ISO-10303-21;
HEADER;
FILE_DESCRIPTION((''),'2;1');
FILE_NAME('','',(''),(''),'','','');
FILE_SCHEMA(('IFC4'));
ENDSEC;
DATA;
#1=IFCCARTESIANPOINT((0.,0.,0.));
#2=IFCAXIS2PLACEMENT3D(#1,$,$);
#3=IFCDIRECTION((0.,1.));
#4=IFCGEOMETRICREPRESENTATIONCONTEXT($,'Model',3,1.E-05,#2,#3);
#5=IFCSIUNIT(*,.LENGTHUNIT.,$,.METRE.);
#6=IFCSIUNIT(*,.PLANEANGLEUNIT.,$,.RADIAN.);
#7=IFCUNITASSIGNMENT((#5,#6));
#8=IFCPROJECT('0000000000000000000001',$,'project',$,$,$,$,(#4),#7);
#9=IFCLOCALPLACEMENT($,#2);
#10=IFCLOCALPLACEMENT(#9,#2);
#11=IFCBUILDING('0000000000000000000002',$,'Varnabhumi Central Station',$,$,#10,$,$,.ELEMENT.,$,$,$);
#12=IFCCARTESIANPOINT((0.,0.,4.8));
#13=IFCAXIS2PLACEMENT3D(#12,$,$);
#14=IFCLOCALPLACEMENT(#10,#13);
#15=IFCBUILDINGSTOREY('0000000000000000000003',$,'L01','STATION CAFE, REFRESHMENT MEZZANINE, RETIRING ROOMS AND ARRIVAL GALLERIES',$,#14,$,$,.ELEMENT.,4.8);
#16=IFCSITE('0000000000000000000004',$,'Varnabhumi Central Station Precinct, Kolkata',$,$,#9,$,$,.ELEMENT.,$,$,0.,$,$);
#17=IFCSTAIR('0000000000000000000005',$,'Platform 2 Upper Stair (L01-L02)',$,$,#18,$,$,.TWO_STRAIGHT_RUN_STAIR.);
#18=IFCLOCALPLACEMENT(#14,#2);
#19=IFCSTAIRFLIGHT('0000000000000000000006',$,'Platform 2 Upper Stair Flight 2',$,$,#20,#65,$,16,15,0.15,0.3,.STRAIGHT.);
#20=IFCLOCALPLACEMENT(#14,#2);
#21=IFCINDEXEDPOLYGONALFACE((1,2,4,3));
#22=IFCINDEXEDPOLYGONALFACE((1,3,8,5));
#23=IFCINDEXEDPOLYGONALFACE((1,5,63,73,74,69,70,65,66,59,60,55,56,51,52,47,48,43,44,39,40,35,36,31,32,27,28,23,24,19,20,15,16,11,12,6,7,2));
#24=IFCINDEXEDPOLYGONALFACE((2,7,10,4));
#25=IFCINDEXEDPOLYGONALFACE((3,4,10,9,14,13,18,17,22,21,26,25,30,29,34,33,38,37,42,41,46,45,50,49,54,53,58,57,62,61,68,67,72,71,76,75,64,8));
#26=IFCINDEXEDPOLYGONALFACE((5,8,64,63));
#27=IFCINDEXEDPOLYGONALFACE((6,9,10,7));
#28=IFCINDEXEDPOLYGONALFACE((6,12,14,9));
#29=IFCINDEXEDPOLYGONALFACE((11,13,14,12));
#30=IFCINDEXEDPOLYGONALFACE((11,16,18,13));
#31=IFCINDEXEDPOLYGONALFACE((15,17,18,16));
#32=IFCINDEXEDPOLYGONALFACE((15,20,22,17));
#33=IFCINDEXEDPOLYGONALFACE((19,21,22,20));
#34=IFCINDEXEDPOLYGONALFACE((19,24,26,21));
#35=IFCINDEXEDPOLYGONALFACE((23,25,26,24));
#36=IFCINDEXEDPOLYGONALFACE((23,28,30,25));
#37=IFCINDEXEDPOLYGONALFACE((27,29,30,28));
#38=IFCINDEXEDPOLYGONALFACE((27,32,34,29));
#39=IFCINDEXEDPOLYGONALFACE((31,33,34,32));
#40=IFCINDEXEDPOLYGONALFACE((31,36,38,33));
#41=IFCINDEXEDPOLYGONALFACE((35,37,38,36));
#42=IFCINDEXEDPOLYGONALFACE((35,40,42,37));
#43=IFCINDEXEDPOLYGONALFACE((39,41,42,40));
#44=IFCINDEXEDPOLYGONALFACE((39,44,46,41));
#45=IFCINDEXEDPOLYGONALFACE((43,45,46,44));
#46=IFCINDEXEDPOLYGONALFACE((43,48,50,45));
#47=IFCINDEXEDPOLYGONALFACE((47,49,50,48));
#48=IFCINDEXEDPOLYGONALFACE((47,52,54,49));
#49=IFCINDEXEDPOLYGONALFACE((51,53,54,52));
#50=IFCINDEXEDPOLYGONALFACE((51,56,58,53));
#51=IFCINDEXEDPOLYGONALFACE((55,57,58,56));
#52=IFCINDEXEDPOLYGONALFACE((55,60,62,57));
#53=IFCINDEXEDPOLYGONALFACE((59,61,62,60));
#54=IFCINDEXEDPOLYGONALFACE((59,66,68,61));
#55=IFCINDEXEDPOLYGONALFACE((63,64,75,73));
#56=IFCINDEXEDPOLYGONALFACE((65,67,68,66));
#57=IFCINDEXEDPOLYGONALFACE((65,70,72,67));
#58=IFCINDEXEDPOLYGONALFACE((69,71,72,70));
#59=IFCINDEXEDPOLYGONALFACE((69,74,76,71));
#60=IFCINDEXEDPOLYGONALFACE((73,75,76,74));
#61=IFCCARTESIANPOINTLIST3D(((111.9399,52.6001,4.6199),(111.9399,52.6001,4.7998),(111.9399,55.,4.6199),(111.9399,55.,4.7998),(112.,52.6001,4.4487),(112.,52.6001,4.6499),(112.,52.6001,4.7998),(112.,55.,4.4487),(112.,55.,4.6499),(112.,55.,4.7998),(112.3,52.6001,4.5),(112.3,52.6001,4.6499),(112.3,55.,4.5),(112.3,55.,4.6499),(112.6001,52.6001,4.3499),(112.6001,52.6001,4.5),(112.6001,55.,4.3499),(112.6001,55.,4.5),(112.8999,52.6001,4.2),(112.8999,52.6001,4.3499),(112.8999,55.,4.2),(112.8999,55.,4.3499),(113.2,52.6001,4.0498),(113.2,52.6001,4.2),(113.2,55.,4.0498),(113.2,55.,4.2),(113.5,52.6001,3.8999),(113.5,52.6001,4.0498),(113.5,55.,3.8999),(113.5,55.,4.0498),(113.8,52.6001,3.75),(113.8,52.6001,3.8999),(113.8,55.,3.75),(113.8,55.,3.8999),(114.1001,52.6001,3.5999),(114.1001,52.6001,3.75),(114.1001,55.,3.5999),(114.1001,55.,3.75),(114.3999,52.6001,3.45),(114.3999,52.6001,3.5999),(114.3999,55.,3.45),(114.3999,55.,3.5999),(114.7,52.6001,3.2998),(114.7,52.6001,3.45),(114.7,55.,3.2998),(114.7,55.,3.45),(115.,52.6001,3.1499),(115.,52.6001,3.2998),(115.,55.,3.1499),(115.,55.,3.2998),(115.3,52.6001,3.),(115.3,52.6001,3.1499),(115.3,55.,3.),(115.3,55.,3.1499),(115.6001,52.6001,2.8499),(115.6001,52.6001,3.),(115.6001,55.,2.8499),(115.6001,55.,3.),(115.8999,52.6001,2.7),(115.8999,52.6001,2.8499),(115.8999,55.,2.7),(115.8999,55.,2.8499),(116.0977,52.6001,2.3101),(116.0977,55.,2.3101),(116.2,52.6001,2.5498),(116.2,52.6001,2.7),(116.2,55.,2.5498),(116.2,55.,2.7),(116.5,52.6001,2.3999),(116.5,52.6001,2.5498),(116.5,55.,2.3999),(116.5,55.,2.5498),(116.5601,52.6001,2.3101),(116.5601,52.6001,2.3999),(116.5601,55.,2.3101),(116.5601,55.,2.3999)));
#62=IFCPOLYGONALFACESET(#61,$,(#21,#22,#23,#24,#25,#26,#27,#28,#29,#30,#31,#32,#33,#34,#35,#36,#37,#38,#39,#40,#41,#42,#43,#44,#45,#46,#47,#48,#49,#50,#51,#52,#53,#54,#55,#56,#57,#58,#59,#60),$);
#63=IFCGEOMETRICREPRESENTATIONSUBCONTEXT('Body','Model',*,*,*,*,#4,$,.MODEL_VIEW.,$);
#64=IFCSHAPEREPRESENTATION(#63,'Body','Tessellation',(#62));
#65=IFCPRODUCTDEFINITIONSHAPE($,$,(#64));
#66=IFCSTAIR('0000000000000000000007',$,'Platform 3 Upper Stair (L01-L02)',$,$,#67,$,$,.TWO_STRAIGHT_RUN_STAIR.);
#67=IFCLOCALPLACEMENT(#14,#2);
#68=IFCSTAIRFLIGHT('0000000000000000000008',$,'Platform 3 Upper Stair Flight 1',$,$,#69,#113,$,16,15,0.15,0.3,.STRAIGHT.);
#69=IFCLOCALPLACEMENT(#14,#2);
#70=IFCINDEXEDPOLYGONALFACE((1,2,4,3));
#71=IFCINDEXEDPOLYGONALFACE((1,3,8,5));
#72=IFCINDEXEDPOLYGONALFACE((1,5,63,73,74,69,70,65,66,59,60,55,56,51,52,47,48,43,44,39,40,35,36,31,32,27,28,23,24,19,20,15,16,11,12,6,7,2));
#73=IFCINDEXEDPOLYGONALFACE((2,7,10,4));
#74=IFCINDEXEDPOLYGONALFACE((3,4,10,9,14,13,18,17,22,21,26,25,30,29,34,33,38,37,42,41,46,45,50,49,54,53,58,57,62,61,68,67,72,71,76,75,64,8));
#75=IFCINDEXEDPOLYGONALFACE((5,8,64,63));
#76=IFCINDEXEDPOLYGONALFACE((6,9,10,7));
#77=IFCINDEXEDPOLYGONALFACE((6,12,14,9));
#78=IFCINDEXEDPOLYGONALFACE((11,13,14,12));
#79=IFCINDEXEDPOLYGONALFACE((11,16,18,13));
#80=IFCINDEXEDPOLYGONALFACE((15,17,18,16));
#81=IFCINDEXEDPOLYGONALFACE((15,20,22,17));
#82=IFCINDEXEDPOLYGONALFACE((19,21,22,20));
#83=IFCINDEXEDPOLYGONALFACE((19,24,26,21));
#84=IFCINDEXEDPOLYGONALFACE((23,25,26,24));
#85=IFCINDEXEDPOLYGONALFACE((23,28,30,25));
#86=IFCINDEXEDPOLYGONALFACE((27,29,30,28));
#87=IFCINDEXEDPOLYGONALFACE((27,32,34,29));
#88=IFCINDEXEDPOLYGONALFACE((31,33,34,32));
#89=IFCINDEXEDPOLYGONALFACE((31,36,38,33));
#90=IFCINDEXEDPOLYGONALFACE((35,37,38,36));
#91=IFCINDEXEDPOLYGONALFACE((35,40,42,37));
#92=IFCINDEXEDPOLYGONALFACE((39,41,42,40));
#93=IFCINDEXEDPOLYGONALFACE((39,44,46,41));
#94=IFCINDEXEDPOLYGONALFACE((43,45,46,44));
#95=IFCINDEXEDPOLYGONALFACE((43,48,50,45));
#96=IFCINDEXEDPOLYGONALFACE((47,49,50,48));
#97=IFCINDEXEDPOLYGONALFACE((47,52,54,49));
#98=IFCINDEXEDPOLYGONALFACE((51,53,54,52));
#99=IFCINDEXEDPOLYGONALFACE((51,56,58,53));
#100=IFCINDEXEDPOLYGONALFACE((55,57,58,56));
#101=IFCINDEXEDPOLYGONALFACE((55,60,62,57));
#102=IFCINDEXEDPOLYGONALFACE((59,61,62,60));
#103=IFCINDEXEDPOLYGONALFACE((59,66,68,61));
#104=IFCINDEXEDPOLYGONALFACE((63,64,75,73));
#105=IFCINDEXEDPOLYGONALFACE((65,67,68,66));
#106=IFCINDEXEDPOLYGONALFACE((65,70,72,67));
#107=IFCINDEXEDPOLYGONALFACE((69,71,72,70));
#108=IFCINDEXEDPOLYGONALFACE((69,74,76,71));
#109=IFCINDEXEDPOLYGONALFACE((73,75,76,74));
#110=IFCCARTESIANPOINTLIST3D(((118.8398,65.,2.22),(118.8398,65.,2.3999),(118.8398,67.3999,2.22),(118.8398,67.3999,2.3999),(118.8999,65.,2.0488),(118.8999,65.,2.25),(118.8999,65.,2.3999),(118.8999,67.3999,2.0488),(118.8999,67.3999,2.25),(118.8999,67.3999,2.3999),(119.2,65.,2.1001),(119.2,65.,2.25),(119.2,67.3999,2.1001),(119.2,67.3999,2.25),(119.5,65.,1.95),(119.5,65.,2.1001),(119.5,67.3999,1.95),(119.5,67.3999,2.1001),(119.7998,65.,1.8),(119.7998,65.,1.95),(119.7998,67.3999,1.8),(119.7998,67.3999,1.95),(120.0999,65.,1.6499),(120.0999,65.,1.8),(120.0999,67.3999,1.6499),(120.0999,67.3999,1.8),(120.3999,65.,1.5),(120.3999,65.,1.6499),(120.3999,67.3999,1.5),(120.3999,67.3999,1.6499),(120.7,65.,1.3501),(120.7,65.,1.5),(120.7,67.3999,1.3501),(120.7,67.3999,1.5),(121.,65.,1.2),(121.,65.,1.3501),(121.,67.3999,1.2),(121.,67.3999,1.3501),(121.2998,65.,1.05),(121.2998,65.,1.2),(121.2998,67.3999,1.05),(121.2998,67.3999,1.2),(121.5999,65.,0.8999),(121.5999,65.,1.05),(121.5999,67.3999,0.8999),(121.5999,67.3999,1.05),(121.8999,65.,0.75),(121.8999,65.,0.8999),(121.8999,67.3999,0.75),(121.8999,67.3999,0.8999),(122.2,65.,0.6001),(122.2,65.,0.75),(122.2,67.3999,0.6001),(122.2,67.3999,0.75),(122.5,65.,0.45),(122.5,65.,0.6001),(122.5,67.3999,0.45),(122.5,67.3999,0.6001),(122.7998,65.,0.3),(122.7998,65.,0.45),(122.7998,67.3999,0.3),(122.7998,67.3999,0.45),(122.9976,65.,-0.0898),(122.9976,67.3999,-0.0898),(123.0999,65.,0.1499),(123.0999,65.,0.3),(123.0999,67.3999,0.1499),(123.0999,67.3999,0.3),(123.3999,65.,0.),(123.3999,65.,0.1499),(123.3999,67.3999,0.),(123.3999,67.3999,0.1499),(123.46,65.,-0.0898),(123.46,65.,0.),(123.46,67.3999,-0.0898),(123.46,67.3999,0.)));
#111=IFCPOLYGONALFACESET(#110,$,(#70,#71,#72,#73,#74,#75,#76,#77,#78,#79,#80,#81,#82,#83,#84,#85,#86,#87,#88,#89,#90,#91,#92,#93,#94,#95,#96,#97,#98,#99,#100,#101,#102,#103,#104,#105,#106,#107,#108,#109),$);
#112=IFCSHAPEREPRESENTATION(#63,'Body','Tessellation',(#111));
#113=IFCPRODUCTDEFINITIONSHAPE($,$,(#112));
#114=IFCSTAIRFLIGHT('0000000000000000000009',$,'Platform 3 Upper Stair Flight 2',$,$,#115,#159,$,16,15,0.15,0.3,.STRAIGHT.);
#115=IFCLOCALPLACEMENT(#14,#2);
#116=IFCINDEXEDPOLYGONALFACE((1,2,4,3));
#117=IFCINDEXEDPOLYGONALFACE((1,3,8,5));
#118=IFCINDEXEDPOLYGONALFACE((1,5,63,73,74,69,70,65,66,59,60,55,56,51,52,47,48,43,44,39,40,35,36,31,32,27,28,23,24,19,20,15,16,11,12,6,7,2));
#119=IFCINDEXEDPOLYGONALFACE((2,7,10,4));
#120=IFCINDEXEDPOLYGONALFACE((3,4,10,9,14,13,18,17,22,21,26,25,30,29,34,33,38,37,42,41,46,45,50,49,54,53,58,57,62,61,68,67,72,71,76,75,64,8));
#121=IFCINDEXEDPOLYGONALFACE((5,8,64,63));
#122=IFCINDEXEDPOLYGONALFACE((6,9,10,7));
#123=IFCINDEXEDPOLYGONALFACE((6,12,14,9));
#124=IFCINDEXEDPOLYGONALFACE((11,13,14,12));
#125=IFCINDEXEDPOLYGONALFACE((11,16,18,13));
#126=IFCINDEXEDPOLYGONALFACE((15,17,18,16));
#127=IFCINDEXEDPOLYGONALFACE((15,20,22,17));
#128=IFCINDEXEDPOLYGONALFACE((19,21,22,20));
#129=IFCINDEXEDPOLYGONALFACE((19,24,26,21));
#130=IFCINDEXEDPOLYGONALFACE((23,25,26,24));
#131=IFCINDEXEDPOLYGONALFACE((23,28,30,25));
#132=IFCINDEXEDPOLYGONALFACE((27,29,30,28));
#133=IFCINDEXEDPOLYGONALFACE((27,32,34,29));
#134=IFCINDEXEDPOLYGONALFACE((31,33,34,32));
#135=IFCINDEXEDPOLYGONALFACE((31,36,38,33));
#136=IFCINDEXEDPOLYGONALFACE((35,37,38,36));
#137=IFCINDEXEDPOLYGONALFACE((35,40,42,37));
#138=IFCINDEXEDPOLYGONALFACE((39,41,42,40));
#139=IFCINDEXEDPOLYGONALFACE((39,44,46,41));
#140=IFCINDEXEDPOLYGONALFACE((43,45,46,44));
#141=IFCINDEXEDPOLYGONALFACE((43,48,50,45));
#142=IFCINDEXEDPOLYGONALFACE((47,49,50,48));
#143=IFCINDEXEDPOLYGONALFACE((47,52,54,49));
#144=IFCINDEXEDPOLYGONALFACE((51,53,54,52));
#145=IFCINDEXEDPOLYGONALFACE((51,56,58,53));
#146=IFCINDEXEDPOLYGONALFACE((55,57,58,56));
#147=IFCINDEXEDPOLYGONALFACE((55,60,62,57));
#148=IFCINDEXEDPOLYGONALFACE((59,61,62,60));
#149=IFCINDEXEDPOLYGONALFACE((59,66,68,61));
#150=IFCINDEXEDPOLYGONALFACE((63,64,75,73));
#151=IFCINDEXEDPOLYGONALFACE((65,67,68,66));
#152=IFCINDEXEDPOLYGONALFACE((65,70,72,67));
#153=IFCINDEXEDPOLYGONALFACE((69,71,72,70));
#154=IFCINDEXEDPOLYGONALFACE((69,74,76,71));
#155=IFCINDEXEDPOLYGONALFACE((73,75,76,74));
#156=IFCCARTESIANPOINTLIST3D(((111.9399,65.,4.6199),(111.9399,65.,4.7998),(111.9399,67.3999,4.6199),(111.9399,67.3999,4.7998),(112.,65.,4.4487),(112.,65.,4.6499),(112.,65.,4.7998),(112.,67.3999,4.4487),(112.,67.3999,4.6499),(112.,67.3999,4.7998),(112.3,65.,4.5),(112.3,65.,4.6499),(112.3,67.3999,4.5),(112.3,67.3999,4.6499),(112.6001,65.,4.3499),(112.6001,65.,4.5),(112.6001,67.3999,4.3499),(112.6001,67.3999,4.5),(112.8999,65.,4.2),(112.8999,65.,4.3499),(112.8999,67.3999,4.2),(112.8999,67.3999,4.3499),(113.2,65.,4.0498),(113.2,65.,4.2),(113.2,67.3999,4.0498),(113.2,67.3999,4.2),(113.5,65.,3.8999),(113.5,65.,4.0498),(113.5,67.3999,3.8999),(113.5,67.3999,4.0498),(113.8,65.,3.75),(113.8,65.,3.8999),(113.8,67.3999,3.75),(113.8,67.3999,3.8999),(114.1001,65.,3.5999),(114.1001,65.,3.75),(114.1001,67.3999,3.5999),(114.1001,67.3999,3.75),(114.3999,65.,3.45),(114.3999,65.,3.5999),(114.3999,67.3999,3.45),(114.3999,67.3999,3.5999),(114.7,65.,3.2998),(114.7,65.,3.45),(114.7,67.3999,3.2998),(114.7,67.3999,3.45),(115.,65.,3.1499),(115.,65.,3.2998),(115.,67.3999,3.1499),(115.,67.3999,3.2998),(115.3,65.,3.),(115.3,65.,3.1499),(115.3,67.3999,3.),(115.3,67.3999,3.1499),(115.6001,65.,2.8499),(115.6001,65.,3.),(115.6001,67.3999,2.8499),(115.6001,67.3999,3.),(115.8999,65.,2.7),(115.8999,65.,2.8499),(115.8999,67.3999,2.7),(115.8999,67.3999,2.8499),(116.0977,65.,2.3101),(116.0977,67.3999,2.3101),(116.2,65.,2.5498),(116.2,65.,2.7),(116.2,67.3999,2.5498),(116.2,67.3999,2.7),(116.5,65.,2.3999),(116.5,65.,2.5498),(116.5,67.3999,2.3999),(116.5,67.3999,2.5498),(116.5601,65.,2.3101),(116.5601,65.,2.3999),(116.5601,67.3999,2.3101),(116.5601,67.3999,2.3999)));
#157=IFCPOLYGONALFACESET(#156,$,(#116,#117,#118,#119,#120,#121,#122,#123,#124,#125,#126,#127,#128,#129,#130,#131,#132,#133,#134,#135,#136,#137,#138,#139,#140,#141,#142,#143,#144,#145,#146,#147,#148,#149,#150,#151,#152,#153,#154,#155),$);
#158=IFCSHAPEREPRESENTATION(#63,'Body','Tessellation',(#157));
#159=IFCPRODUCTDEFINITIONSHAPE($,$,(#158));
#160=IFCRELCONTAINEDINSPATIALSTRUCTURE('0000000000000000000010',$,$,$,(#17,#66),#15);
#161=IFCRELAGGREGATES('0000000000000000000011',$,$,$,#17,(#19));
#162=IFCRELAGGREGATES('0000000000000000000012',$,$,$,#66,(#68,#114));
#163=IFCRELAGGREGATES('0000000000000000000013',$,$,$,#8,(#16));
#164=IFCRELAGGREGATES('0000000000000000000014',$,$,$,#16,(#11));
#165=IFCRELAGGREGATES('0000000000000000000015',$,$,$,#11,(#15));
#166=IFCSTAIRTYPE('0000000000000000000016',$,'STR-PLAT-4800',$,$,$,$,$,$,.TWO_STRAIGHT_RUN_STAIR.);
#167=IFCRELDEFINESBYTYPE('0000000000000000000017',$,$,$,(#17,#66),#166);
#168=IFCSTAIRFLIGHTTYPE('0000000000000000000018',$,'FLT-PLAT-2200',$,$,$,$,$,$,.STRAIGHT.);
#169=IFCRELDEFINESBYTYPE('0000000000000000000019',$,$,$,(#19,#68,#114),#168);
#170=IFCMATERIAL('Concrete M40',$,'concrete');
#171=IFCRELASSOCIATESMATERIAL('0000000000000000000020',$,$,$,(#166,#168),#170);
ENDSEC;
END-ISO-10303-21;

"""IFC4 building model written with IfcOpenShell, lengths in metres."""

from ifc_helpers import new_model, si_unit, direction, frame, origin, place, context, subcontext, project, spatial, polyline, outline, extrude, material, type_object, element, aggregate, save


model = new_model("IFC4")

# Units and contexts
model_context = context("Model", 3, precision=1e-05, world=origin(), true_north=direction((0.0, 1.0)))
body_context = subcontext(model_context, "Body", "Model", "MODEL_VIEW")
ifc_project = project(units=[si_unit("LENGTHUNIT", "METRE"), si_unit("PLANEANGLEUNIT", "RADIAN")], contexts=[model_context])

# Site, building, storey
site_placement = place(None, origin())
site = spatial("IfcSite", under=ifc_project, at=site_placement, Name="Varnabhumi Central Station Precinct, Kolkata", CompositionType="ELEMENT", RefElevation=0.0)
building_placement = place(site_placement, origin())
building = spatial("IfcBuilding", under=site, at=building_placement, Name="Varnabhumi Central Station", CompositionType="ELEMENT")
storey_placement = place(building_placement, frame((0.0, 0.0, 4.8)))
storey = spatial("IfcBuildingStorey", under=building, at=storey_placement, Name="L01", Description="STATION CAFE, REFRESHMENT MEZZANINE, RETIRING ROOMS AND ARRIVAL GALLERIES", CompositionType="ELEMENT", Elevation=4.8)

# Shared definitions
ifc_material_1 = material(Name="Concrete M40", Category="concrete")

# Stairs, stair flights
stair_type = type_object("IfcStairType", Name="STR-PLAT-4800", PredefinedType="TWO_STRAIGHT_RUN_STAIR", material=ifc_material_1)
stair_flight_type = type_object("IfcStairFlightType", Name="FLT-PLAT-2200", PredefinedType="STRAIGHT", material=ifc_material_1)
stair_1_placement = place(storey_placement, origin())
stair_1 = element("IfcStair", 1, at=stair_1_placement, inside=storey, type_object=stair_type, Name="Platform 2 Upper Stair (L01-L02)", PredefinedType="TWO_STRAIGHT_RUN_STAIR")
stair_flight_1_placement = place(storey_placement, frame((116.5, 53.8, 2.3999), z_axis=(0.0, 0.0, 1.0), x_axis=(-1.0, 0.0, 0.0)))
stair_flight_1 = element("IfcStairFlight", 2, at=stair_flight_1_placement, type_object=stair_flight_type, Name="Platform 2 Upper Stair Flight 2", NumberOfRisers=16, NumberOfTreads=15, PredefinedType="STRAIGHT", RiserHeight=0.15, TreadLength=0.3, context=body_context, shape_type="SweptSolid", body=[
    extrude(outline(polyline([(-0.0601, -0.0898), (-0.0601, 0.0), (0.0, 0.0), (0.0, 0.1499), (0.3, 0.1499), (0.3, 0.3), (0.6001, 0.3), (0.6001, 0.45), (0.8999, 0.45), (0.8999, 0.6001), (1.2, 0.6001), (1.2, 0.75), (1.5, 0.75), (1.5, 0.8999), (1.8, 0.8999), (1.8, 1.05), (2.1001, 1.05), (2.1001, 1.2), (2.3999, 1.2), (2.3999, 1.3501), (2.7, 1.3501), (2.7, 1.5), (3.0, 1.5), (3.0, 1.6499), (3.3, 1.6499), (3.3, 1.8), (3.6001, 1.8), (3.6001, 1.95), (3.8999, 1.95), (3.8999, 2.1001), (4.2, 2.1001), (4.2, 2.25), (4.5, 2.25), (4.5, 2.3999), (4.5601, 2.3999), (4.5601, 2.22), (4.5, 2.0488), (0.4023, -0.0898), (-0.0601, -0.0898)])), frame((0.0, 1.2, 0.0), z_axis=(0.0, -1.0, 0.0), x_axis=(1.0, 0.0, 0.0)), (0.0, 0.0, 1.0), 2.3999),
])
aggregate(stair_1, [stair_flight_1])
stair_2_placement = place(storey_placement, origin())
stair_2 = element("IfcStair", 3, at=stair_2_placement, inside=storey, type_object=stair_type, Name="Platform 3 Upper Stair (L01-L02)", PredefinedType="TWO_STRAIGHT_RUN_STAIR")
stair_flight_2_placement = place(storey_placement, frame((123.3999, 66.2, 0.0), z_axis=(0.0, 0.0, 1.0), x_axis=(-1.0, 0.0, 0.0)))
stair_flight_2 = element("IfcStairFlight", 4, at=stair_flight_2_placement, type_object=stair_flight_type, Name="Platform 3 Upper Stair Flight 1", NumberOfRisers=16, NumberOfTreads=15, PredefinedType="STRAIGHT", RiserHeight=0.15, TreadLength=0.3, context=body_context, shape_type="SweptSolid", body=[
    extrude(outline(polyline([(-0.0601, -0.0898), (-0.0601, 0.0), (0.0, 0.0), (0.0, 0.1499), (0.3, 0.1499), (0.3, 0.3), (0.6001, 0.3), (0.6001, 0.45), (0.8999, 0.45), (0.8999, 0.6001), (1.2, 0.6001), (1.2, 0.75), (1.5, 0.75), (1.5, 0.8999), (1.8, 0.8999), (1.8, 1.05), (2.1001, 1.05), (2.1001, 1.2), (2.3999, 1.2), (2.3999, 1.3501), (2.7, 1.3501), (2.7, 1.5), (3.0, 1.5), (3.0, 1.6499), (3.3, 1.6499), (3.3, 1.8), (3.6001, 1.8), (3.6001, 1.95), (3.8999, 1.95), (3.8999, 2.1001), (4.2, 2.1001), (4.2, 2.25), (4.5, 2.25), (4.5, 2.3999), (4.5601, 2.3999), (4.5601, 2.22), (4.5, 2.0488), (0.4023, -0.0898), (-0.0601, -0.0898)])), frame((0.0, 1.2, 0.0), z_axis=(0.0, -1.0, 0.0), x_axis=(1.0, 0.0, 0.0)), (0.0, 0.0, 1.0), 2.3999),
])
stair_flight_3_placement = place(storey_placement, frame((116.5, 66.2, 2.3999), z_axis=(0.0, 0.0, 1.0), x_axis=(-1.0, 0.0, 0.0)))
stair_flight_3 = element("IfcStairFlight", 5, at=stair_flight_3_placement, type_object=stair_flight_type, Name="Platform 3 Upper Stair Flight 2", NumberOfRisers=16, NumberOfTreads=15, PredefinedType="STRAIGHT", RiserHeight=0.15, TreadLength=0.3, context=body_context, shape_type="SweptSolid", body=[
    extrude(outline(polyline([(-0.0601, -0.0898), (-0.0601, 0.0), (0.0, 0.0), (0.0, 0.1499), (0.3, 0.1499), (0.3, 0.3), (0.6001, 0.3), (0.6001, 0.45), (0.8999, 0.45), (0.8999, 0.6001), (1.2, 0.6001), (1.2, 0.75), (1.5, 0.75), (1.5, 0.8999), (1.8, 0.8999), (1.8, 1.05), (2.1001, 1.05), (2.1001, 1.2), (2.3999, 1.2), (2.3999, 1.3501), (2.7, 1.3501), (2.7, 1.5), (3.0, 1.5), (3.0, 1.6499), (3.3, 1.6499), (3.3, 1.8), (3.6001, 1.8), (3.6001, 1.95), (3.8999, 1.95), (3.8999, 2.1001), (4.2, 2.1001), (4.2, 2.25), (4.5, 2.25), (4.5, 2.3999), (4.5601, 2.3999), (4.5601, 2.22), (4.5, 2.0488), (0.4023, -0.0898), (-0.0601, -0.0898)])), frame((0.0, 1.2, 0.0), z_axis=(0.0, -1.0, 0.0), x_axis=(1.0, 0.0, 0.0)), (0.0, 0.0, 1.0), 2.3999),
])
aggregate(stair_2, [stair_flight_2, stair_flight_3])

save(model, "model.ifc")
